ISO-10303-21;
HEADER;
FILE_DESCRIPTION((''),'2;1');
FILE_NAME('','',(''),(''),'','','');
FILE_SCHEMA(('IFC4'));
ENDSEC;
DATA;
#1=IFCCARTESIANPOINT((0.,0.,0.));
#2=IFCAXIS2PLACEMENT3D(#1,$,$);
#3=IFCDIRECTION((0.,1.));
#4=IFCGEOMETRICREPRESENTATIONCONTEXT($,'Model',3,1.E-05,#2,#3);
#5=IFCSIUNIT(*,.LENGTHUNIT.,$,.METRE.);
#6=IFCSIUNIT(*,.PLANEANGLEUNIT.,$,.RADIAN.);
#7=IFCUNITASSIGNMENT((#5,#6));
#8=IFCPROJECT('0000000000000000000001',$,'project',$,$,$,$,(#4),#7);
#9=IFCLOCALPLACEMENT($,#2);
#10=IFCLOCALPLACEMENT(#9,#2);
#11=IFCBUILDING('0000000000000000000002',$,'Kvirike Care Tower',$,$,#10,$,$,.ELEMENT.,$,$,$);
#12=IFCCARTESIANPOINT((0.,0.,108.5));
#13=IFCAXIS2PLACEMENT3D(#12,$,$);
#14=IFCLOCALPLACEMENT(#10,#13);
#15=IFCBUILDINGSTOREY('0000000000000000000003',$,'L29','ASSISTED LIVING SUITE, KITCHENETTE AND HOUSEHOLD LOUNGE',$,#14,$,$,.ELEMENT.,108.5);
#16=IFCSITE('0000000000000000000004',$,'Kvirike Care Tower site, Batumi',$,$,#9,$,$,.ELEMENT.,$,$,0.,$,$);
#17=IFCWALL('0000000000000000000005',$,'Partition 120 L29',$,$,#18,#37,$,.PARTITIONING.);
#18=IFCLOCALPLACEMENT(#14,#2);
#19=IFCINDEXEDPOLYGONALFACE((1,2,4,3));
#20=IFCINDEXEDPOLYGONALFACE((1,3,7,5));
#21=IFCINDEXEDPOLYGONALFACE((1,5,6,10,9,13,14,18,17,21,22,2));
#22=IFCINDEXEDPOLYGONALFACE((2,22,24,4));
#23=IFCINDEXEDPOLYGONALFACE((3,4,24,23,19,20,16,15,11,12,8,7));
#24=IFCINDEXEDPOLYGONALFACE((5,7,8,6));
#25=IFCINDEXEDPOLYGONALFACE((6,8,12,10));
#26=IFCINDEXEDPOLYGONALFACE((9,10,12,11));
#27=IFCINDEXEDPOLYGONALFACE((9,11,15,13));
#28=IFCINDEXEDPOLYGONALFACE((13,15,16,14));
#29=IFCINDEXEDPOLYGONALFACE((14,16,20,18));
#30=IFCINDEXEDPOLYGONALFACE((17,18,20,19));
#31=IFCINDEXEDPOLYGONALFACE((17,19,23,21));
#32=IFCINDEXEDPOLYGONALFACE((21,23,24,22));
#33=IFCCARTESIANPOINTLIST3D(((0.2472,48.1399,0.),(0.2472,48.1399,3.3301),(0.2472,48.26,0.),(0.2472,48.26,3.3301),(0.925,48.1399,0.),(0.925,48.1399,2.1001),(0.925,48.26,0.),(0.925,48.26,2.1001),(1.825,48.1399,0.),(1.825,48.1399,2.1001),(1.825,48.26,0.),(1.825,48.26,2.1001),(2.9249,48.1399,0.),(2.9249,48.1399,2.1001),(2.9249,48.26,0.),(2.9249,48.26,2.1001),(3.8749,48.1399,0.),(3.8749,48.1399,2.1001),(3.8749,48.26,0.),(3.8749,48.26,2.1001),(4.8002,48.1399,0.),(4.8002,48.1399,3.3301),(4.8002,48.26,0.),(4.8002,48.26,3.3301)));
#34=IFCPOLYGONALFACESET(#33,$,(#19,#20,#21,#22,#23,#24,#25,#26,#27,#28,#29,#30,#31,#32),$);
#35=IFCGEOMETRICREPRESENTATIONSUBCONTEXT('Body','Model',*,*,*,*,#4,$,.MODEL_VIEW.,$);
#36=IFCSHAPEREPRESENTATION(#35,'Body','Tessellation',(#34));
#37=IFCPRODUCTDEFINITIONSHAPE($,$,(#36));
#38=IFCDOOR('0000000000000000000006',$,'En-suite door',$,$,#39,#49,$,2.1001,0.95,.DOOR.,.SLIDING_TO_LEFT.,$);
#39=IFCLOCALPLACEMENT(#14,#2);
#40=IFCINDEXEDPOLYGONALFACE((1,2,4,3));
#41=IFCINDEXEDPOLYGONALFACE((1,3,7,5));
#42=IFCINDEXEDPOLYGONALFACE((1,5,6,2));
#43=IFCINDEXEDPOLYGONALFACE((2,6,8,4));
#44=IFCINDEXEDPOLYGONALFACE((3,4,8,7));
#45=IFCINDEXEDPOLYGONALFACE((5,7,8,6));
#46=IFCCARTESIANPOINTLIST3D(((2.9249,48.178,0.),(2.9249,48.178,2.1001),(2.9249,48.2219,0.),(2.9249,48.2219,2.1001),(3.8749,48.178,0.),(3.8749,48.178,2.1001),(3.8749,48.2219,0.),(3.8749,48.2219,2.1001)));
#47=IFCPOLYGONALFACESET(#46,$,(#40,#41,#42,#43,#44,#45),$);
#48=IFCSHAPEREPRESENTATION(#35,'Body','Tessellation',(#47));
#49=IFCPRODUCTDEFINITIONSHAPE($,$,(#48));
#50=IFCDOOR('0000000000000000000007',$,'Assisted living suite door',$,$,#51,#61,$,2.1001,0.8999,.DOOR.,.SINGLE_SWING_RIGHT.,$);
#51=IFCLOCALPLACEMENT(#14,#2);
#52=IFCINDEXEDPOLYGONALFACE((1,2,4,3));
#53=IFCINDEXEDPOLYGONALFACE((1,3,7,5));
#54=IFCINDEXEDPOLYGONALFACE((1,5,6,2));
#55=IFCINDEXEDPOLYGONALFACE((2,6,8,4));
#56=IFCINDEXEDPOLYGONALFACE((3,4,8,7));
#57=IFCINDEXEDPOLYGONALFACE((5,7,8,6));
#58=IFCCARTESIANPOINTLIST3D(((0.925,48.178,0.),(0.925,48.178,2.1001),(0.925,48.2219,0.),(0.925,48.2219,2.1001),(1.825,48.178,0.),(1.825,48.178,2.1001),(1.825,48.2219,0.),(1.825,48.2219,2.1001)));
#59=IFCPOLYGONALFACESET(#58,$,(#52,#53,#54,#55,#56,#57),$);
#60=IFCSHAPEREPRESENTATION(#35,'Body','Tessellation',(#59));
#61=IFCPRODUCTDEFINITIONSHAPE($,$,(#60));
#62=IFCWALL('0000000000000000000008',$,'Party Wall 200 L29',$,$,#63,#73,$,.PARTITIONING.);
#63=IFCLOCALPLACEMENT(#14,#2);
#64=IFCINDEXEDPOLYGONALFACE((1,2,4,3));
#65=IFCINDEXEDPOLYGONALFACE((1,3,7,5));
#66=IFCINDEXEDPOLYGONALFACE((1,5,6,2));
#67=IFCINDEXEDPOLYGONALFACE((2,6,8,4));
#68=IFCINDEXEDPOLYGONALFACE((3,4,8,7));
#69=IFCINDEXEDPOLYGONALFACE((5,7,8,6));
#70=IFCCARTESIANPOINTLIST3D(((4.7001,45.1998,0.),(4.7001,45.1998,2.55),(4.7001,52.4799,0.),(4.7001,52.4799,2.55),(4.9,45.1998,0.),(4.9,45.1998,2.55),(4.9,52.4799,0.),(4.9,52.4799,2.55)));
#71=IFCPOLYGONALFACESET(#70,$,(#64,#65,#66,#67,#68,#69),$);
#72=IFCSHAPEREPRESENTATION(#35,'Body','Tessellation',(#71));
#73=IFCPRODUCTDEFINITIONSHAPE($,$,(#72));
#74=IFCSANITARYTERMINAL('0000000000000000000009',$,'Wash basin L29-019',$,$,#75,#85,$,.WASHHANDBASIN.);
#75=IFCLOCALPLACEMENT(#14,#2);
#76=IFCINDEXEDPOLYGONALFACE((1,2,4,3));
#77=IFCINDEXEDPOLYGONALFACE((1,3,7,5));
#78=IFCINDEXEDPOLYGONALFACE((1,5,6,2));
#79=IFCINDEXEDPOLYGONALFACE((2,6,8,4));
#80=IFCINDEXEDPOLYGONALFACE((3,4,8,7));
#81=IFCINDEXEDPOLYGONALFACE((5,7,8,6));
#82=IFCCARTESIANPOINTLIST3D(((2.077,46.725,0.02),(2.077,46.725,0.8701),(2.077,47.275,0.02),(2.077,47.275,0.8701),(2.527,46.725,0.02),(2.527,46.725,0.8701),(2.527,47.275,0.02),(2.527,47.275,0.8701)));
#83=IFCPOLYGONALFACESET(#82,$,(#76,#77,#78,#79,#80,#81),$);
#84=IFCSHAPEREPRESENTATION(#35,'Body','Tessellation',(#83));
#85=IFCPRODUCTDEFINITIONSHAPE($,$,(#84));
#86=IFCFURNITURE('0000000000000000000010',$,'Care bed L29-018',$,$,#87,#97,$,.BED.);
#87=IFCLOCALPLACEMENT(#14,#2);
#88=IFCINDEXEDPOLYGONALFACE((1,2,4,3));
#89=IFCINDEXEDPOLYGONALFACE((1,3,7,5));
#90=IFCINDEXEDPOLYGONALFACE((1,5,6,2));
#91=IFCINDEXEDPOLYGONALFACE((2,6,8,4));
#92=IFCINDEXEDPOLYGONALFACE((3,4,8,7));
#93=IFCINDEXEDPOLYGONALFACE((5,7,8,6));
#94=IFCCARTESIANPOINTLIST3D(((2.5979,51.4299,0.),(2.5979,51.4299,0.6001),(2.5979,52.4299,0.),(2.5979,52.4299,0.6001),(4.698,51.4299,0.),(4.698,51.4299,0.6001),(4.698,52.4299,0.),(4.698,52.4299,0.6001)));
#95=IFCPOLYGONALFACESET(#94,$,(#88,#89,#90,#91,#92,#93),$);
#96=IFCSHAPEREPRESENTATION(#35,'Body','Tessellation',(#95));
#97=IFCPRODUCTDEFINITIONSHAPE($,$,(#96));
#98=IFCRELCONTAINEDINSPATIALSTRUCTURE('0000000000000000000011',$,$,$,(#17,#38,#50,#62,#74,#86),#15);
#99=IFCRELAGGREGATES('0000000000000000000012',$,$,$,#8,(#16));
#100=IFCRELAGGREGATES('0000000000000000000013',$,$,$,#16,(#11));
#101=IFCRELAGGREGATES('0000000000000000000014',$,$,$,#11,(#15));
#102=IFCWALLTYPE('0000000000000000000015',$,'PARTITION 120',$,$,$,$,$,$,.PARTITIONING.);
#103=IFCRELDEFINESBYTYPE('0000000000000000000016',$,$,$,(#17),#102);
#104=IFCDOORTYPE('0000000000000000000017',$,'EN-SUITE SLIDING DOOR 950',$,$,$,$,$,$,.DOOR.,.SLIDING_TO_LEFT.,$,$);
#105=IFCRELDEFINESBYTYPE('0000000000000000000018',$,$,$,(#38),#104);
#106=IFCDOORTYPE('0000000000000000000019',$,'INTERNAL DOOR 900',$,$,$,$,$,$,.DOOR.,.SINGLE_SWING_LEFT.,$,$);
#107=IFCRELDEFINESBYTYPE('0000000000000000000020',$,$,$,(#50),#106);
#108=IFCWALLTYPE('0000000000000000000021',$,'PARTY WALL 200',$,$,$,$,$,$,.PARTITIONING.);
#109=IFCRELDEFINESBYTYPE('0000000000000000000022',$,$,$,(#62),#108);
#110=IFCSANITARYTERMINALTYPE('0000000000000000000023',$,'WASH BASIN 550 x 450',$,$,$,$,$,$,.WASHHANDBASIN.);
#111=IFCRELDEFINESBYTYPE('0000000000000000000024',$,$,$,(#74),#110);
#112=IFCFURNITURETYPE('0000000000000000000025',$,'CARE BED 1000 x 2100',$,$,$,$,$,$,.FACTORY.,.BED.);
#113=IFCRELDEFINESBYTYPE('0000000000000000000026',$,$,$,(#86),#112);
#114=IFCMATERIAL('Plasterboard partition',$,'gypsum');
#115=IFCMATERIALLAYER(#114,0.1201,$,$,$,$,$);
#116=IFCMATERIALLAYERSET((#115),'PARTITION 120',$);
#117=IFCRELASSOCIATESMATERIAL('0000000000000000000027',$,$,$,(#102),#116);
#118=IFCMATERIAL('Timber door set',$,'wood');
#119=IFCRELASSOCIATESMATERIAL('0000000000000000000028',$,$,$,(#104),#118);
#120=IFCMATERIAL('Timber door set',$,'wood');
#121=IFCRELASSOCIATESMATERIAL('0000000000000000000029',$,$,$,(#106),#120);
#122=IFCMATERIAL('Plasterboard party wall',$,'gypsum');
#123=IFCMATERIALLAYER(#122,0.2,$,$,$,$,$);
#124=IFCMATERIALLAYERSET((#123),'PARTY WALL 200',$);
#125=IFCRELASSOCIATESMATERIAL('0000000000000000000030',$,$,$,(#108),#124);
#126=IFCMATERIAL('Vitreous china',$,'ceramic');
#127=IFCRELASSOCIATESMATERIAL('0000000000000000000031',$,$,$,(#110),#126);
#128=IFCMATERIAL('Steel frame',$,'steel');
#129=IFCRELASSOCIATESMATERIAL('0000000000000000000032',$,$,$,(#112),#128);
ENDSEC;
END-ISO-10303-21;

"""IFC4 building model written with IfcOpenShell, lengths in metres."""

from ifc_helpers import new_model, si_unit, direction, frame, frame_2d, origin, origin_2d, place, context, subcontext, project, spatial, rectangle, extrude, material, layer, layer_set, type_object, element, fill, save


model = new_model("IFC4")

# Units and contexts
model_context = context("Model", 3, precision=1e-05, world=origin(), true_north=direction((0.0, 1.0)))
body_context = subcontext(model_context, "Body", "Model", "MODEL_VIEW")
ifc_project = project(units=[si_unit("LENGTHUNIT", "METRE"), si_unit("PLANEANGLEUNIT", "RADIAN")], contexts=[model_context])

# Site, building, storey
site_placement = place(None, origin())
site = spatial("IfcSite", under=ifc_project, at=site_placement, Name="Kvirike Care Tower site, Batumi", CompositionType="ELEMENT", RefElevation=0.0)
building_placement = place(site_placement, origin())
building = spatial("IfcBuilding", under=site, at=building_placement, Name="Kvirike Care Tower", CompositionType="ELEMENT")
storey_placement = place(building_placement, frame((0.0, 0.0, 108.5)))
storey = spatial("IfcBuildingStorey", under=building, at=storey_placement, Name="L29", Description="ASSISTED LIVING SUITE, KITCHENETTE AND HOUSEHOLD LOUNGE", CompositionType="ELEMENT", Elevation=108.5)

# Wall, openings, doors
ifc_material_1 = material(Name="Plasterboard partition", Category="gypsum")
ifc_layer_1 = layer(ifc_material_1, 0.1201)
ifc_layer_set_1 = layer_set([ifc_layer_1], Name="PARTITION 120")
wall_type_1 = type_object("IfcWallType", Name="PARTITION 120", PredefinedType="PARTITIONING", material=ifc_layer_set_1)
wall_1_placement = place(storey_placement, frame((4.8, 48.2, 0.0), z_axis=(0.0, 0.0, 1.0), x_axis=(-1.0, 0.0, 0.0)))
wall_1 = element("IfcWall", 1, at=wall_1_placement, inside=storey, type_object=wall_type_1, Name="Partition 120 L29", PredefinedType="PARTITIONING", context=body_context, shape_type="SweptSolid", body=[
    extrude(rectangle(XDim=4.553, YDim=0.1201, at=frame_2d((2.2764, 0.0))), origin(), (0.0, 0.0, 1.0), 3.3301),
])
opening_1_placement = place(wall_1_placement, frame((2.9751, 0.0, 0.0)))
opening_1 = element("IfcOpeningElement", 2, at=opening_1_placement, cuts=wall_1, PredefinedType="OPENING", context=body_context, shape_type="SweptSolid", body=[
    extrude(rectangle(XDim=0.8999, YDim=2.1001, at=frame_2d((0.45, 1.05))), frame((0.0, 0.0706, 0.0), z_axis=(0.0, -1.0, 0.0), x_axis=(1.0, 0.0, 0.0)), (0.0, 0.0, 1.0), 0.1411),
])
opening_2_placement = place(wall_1_placement, frame((0.925, 0.0, 0.0)))
opening_2 = element("IfcOpeningElement", 3, at=opening_2_placement, cuts=wall_1, PredefinedType="OPENING", context=body_context, shape_type="SweptSolid", body=[
    extrude(rectangle(XDim=0.95, YDim=2.1001, at=frame_2d((0.4751, 1.05))), frame((0.0, 0.0706, 0.0), z_axis=(0.0, -1.0, 0.0), x_axis=(1.0, 0.0, 0.0)), (0.0, 0.0, 1.0), 0.1411),
])
ifc_material_2 = material(Name="Timber door set", Category="wood")
door_type_1 = type_object("IfcDoorType", Name="EN-SUITE SLIDING DOOR 950", OperationType="SLIDING_TO_LEFT", PredefinedType="DOOR", material=ifc_material_2)
door_1_placement = place(opening_2_placement, origin())
door_1 = element("IfcDoor", 4, at=door_1_placement, inside=storey, type_object=door_type_1, Name="En-suite door", OperationType="SLIDING_TO_LEFT", OverallHeight=2.1001, OverallWidth=0.95, PredefinedType="DOOR", context=body_context, shape_type="SweptSolid", body=[
    extrude(rectangle(XDim=0.95, YDim=2.1001, at=frame_2d((0.4751, 1.05))), frame((0.0, 0.022, 0.0), z_axis=(0.0, -1.0, 0.0), x_axis=(1.0, 0.0, 0.0)), (0.0, 0.0, 1.0), 0.0439),
])
fill(opening_2, door_1)
ifc_material_3 = material(Name="Timber door set", Category="wood")
door_type_2 = type_object("IfcDoorType", Name="INTERNAL DOOR 900", OperationType="SINGLE_SWING_LEFT", PredefinedType="DOOR", material=ifc_material_3)
door_2_placement = place(opening_1_placement, origin())
door_2 = element("IfcDoor", 5, at=door_2_placement, inside=storey, type_object=door_type_2, Name="Assisted living suite door", OperationType="SINGLE_SWING_RIGHT", OverallHeight=2.1001, OverallWidth=0.8999, PredefinedType="DOOR", context=body_context, shape_type="SweptSolid", body=[
    extrude(rectangle(XDim=0.8999, YDim=2.1001, at=frame_2d((0.45, 1.05))), frame((0.0, 0.022, 0.0), z_axis=(0.0, -1.0, 0.0), x_axis=(1.0, 0.0, 0.0)), (0.0, 0.0, 1.0), 0.0439),
])
fill(opening_1, door_2)

# Wall
ifc_material_4 = material(Name="Plasterboard party wall", Category="gypsum")
ifc_layer_2 = layer(ifc_material_4, 0.2)
ifc_layer_set_2 = layer_set([ifc_layer_2], Name="PARTY WALL 200")
wall_type_2 = type_object("IfcWallType", Name="PARTY WALL 200", PredefinedType="PARTITIONING", material=ifc_layer_set_2)
wall_2_placement = place(storey_placement, frame((4.8, 52.48, 0.0), z_axis=(0.0, 0.0, 1.0), x_axis=(0.0, -1.0, 0.0)))
element("IfcWall", 6, at=wall_2_placement, inside=storey, type_object=wall_type_2, Name="Party Wall 200 L29", PredefinedType="PARTITIONING", context=body_context, shape_type="SweptSolid", body=[
    extrude(rectangle(XDim=7.28, YDim=0.2, at=frame_2d((3.6401, 0.0))), origin(), (0.0, 0.0, 1.0), 2.55),
])

# Sanitary terminal
ifc_material_5 = material(Name="Vitreous china", Category="ceramic")
sanitary_terminal_type = type_object("IfcSanitaryTerminalType", Name="WASH BASIN 550 x 450", PredefinedType="WASHHANDBASIN", material=ifc_material_5)
sanitary_terminal_placement = place(storey_placement, frame((2.302, 47.0, 0.02), z_axis=(0.0, 0.0, 1.0), x_axis=(0.0, 1.0, 0.0)))
element("IfcSanitaryTerminal", 7, at=sanitary_terminal_placement, inside=storey, type_object=sanitary_terminal_type, Name="Wash basin L29-019", PredefinedType="WASHHANDBASIN", context=body_context, shape_type="SweptSolid", body=[
    extrude(rectangle(XDim=0.55, YDim=0.45, at=origin_2d()), origin(), (0.0, 0.0, 1.0), 0.8501),
])

# Furniture
ifc_material_6 = material(Name="Steel frame", Category="steel")
furniture_type = type_object("IfcFurnitureType", Name="CARE BED 1000 x 2100", AssemblyPlace="FACTORY", PredefinedType="BED", material=ifc_material_6)
furniture_placement = place(storey_placement, frame((3.6479, 51.9299, 0.0), z_axis=(0.0, 0.0, 1.0), x_axis=(0.0, -1.0, 0.0)))
element("IfcFurniture", 8, at=furniture_placement, inside=storey, type_object=furniture_type, Name="Care bed L29-018", PredefinedType="BED", context=body_context, shape_type="SweptSolid", body=[
    extrude(rectangle(XDim=1.0, YDim=2.1001, at=origin_2d()), origin(), (0.0, 0.0, 1.0), 0.6001),
])

save(model, "model.ifc")
